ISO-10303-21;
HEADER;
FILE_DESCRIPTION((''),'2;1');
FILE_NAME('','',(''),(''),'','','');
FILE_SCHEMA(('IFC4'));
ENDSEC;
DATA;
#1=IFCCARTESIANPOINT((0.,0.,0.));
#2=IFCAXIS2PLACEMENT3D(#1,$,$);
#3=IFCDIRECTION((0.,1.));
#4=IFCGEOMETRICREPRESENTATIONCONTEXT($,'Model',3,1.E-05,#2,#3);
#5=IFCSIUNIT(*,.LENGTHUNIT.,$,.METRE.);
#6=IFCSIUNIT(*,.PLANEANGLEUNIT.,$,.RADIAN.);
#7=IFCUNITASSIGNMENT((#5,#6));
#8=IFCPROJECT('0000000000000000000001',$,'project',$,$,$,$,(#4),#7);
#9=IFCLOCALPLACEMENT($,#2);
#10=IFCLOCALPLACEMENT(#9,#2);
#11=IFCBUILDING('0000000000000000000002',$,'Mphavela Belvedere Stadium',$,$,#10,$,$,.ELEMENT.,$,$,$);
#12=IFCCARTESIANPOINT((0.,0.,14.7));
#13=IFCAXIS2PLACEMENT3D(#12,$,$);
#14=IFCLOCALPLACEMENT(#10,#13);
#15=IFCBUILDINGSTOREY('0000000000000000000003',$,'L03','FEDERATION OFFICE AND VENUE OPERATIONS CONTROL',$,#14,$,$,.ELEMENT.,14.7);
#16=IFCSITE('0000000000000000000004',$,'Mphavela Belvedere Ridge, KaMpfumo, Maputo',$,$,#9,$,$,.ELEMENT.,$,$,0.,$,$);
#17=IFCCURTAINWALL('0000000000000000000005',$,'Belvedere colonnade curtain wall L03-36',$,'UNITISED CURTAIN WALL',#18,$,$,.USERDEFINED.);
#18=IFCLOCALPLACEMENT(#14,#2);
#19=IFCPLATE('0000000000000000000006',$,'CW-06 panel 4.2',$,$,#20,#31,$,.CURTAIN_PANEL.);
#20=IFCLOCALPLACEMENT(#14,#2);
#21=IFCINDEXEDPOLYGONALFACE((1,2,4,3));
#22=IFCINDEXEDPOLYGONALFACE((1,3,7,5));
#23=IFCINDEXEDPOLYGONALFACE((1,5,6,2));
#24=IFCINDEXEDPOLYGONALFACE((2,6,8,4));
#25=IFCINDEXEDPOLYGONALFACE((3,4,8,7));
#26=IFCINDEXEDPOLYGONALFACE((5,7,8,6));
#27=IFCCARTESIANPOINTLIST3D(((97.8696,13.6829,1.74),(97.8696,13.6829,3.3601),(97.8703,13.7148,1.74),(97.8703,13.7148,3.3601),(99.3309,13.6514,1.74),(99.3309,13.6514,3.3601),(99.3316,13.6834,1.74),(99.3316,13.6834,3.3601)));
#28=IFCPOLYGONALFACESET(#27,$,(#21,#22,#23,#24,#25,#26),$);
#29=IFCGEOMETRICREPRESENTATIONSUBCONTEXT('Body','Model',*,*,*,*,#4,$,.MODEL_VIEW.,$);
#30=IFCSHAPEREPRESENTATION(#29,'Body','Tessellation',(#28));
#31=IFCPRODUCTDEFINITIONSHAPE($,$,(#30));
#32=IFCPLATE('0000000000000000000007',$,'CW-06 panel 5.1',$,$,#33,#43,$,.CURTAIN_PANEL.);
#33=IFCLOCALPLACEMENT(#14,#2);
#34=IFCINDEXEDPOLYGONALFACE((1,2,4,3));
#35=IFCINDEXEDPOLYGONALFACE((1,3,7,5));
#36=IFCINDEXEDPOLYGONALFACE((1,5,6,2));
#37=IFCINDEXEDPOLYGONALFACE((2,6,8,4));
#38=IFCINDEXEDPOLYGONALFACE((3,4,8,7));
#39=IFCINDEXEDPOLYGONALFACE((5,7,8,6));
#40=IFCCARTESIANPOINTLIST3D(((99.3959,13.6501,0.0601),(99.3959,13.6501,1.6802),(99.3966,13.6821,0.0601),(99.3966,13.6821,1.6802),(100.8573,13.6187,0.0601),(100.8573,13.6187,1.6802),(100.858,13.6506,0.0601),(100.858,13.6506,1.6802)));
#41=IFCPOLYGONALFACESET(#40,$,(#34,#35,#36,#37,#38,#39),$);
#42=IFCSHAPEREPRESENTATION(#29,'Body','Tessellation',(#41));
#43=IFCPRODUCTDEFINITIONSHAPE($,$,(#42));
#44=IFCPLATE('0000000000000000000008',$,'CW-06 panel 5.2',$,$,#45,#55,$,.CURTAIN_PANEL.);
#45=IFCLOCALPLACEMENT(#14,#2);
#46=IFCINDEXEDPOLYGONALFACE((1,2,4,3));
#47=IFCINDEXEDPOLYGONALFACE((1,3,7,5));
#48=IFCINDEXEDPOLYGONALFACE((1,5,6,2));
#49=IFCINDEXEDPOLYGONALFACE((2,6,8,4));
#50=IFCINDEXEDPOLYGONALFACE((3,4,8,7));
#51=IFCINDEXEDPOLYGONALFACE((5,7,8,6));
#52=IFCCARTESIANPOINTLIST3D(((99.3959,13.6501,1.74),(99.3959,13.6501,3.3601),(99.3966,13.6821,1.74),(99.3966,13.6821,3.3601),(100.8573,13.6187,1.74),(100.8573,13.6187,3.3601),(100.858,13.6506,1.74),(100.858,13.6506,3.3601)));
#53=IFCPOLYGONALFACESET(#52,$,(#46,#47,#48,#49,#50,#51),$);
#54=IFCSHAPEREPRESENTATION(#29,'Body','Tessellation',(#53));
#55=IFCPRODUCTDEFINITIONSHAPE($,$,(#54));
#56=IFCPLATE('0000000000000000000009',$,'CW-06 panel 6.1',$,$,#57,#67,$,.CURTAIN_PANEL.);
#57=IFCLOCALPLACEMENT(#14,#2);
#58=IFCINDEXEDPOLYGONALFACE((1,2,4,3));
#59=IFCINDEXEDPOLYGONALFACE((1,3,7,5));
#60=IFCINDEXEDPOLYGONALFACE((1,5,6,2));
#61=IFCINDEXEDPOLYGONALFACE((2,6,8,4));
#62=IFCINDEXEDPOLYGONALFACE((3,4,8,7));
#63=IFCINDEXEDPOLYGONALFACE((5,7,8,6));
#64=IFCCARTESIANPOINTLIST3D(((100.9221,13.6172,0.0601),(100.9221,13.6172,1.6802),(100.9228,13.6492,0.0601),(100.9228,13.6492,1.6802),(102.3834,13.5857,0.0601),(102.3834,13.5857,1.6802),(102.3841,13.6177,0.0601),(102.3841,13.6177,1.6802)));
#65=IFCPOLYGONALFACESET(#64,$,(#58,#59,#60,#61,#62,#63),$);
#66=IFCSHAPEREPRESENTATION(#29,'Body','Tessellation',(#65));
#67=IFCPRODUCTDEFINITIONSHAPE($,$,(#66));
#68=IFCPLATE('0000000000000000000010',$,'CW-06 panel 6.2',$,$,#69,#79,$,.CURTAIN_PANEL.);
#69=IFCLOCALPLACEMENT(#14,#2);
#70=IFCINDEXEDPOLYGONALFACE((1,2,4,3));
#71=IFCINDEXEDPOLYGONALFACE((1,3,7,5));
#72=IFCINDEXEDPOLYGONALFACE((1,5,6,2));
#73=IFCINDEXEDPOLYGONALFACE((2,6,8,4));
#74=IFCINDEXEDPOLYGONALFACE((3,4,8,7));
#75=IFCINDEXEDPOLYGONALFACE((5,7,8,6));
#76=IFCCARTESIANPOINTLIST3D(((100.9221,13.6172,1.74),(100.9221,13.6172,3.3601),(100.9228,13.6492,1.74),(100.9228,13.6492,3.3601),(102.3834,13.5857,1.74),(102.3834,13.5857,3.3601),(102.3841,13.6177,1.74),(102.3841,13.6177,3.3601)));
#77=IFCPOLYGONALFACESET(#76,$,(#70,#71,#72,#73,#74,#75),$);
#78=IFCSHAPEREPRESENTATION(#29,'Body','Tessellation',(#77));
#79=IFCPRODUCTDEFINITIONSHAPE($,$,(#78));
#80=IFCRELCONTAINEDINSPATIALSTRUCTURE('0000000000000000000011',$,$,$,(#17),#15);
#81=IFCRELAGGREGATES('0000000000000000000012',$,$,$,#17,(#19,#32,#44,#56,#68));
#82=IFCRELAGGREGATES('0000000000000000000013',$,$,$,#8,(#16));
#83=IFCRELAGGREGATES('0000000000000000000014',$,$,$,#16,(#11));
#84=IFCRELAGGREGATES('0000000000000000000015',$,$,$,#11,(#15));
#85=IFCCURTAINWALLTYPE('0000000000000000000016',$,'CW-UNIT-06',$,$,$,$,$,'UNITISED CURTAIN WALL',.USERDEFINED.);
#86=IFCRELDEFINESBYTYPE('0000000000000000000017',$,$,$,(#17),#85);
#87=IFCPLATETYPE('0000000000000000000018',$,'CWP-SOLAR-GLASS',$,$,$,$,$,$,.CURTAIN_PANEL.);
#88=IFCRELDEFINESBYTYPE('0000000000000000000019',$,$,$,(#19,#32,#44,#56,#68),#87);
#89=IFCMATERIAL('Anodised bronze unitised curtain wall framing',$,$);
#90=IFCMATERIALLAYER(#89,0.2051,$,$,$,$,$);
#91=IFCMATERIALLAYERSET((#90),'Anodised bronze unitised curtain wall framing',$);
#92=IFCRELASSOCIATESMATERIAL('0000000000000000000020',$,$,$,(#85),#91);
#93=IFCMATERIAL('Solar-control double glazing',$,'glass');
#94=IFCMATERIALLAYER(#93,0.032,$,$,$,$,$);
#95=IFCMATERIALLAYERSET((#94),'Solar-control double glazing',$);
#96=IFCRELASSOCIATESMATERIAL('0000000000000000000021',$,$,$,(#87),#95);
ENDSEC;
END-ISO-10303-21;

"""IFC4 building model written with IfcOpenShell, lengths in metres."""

from ifc_helpers import new_model, si_unit, direction, frame, origin, origin_2d, place, context, subcontext, project, spatial, rectangle, extrude, material, layer, layer_set, type_object, element, aggregate, save


model = new_model("IFC4")

# Units and contexts
model_context = context("Model", 3, precision=1e-05, world=origin(), true_north=direction((0.0, 1.0)))
body_context = subcontext(model_context, "Body", "Model", "MODEL_VIEW")
ifc_project = project(units=[si_unit("LENGTHUNIT", "METRE"), si_unit("PLANEANGLEUNIT", "RADIAN")], contexts=[model_context])

# Site, building, storey
site_placement = place(None, origin())
site = spatial("IfcSite", under=ifc_project, at=site_placement, Name="Mphavela Belvedere Ridge, KaMpfumo, Maputo", CompositionType="ELEMENT", RefElevation=0.0)
building_placement = place(site_placement, origin())
building = spatial("IfcBuilding", under=site, at=building_placement, Name="Mphavela Belvedere Stadium", CompositionType="ELEMENT")
storey_placement = place(building_placement, frame((0.0, 0.0, 14.7)))
storey = spatial("IfcBuildingStorey", under=building, at=storey_placement, Name="L03", Description="FEDERATION OFFICE AND VENUE OPERATIONS CONTROL", CompositionType="ELEMENT", Elevation=14.7)

# Curtain wall, plates
ifc_material_1 = material(Name="Anodised bronze unitised curtain wall framing")
ifc_layer_1 = layer(ifc_material_1, 0.2051)
ifc_layer_set_1 = layer_set([ifc_layer_1], Name="Anodised bronze unitised curtain wall framing")
curtain_wall_type = type_object("IfcCurtainWallType", Name="CW-UNIT-06", ElementType="UNITISED CURTAIN WALL", PredefinedType="USERDEFINED", material=ifc_layer_set_1)
curtain_wall_placement = place(storey_placement, origin())
curtain_wall = element("IfcCurtainWall", 1, at=curtain_wall_placement, inside=storey, type_object=curtain_wall_type, Name="Belvedere colonnade curtain wall L03-36", ObjectType="UNITISED CURTAIN WALL", PredefinedType="USERDEFINED")
ifc_material_2 = material(Name="Solar-control double glazing", Category="glass")
ifc_layer_2 = layer(ifc_material_2, 0.032)
ifc_layer_set_2 = layer_set([ifc_layer_2], Name="Solar-control double glazing")
plate_type = type_object("IfcPlateType", Name="CWP-SOLAR-GLASS", PredefinedType="CURTAIN_PANEL", material=ifc_layer_set_2)
plate_1_placement = place(storey_placement, frame((98.6006, 13.6831, 1.74), z_axis=(0.0, 0.0, 1.0), x_axis=(0.999768, -0.021531, 0.0)))
plate_1 = element("IfcPlate", 2, at=plate_1_placement, type_object=plate_type, Name="CW-06 panel 4.2", PredefinedType="CURTAIN_PANEL", context=body_context, shape_type="SweptSolid", body=[
    extrude(rectangle(XDim=1.4617, YDim=0.032, at=origin_2d()), origin(), (0.0, 0.0, 1.0), 1.6201),
])
plate_2_placement = place(storey_placement, frame((100.127, 13.6504, 0.0601), z_axis=(0.0, 0.0, 1.0), x_axis=(0.999768, -0.021531, 0.0)))
plate_2 = element("IfcPlate", 3, at=plate_2_placement, type_object=plate_type, Name="CW-06 panel 5.1", PredefinedType="CURTAIN_PANEL", context=body_context, shape_type="SweptSolid", body=[
    extrude(rectangle(XDim=1.4617, YDim=0.032, at=origin_2d()), origin(), (0.0, 0.0, 1.0), 1.6201),
])
plate_3_placement = place(storey_placement, frame((100.127, 13.6504, 1.74), z_axis=(0.0, 0.0, 1.0), x_axis=(0.999768, -0.021531, 0.0)))
plate_3 = element("IfcPlate", 4, at=plate_3_placement, type_object=plate_type, Name="CW-06 panel 5.2", PredefinedType="CURTAIN_PANEL", context=body_context, shape_type="SweptSolid", body=[
    extrude(rectangle(XDim=1.4617, YDim=0.032, at=origin_2d()), origin(), (0.0, 0.0, 1.0), 1.6201),
])
plate_4_placement = place(storey_placement, frame((101.6531, 13.6174, 0.0601), z_axis=(0.0, 0.0, 1.0), x_axis=(0.999768, -0.021531, 0.0)))
plate_4 = element("IfcPlate", 5, at=plate_4_placement, type_object=plate_type, Name="CW-06 panel 6.1", PredefinedType="CURTAIN_PANEL", context=body_context, shape_type="SweptSolid", body=[
    extrude(rectangle(XDim=1.4617, YDim=0.032, at=origin_2d()), origin(), (0.0, 0.0, 1.0), 1.6201),
])
plate_5_placement = place(storey_placement, frame((101.6531, 13.6174, 1.74), z_axis=(0.0, 0.0, 1.0), x_axis=(0.999768, -0.021531, 0.0)))
plate_5 = element("IfcPlate", 6, at=plate_5_placement, type_object=plate_type, Name="CW-06 panel 6.2", PredefinedType="CURTAIN_PANEL", context=body_context, shape_type="SweptSolid", body=[
    extrude(rectangle(XDim=1.4617, YDim=0.032, at=origin_2d()), origin(), (0.0, 0.0, 1.0), 1.6201),
])
aggregate(curtain_wall, [plate_1, plate_2, plate_3, plate_4, plate_5])

save(model, "model.ifc")
